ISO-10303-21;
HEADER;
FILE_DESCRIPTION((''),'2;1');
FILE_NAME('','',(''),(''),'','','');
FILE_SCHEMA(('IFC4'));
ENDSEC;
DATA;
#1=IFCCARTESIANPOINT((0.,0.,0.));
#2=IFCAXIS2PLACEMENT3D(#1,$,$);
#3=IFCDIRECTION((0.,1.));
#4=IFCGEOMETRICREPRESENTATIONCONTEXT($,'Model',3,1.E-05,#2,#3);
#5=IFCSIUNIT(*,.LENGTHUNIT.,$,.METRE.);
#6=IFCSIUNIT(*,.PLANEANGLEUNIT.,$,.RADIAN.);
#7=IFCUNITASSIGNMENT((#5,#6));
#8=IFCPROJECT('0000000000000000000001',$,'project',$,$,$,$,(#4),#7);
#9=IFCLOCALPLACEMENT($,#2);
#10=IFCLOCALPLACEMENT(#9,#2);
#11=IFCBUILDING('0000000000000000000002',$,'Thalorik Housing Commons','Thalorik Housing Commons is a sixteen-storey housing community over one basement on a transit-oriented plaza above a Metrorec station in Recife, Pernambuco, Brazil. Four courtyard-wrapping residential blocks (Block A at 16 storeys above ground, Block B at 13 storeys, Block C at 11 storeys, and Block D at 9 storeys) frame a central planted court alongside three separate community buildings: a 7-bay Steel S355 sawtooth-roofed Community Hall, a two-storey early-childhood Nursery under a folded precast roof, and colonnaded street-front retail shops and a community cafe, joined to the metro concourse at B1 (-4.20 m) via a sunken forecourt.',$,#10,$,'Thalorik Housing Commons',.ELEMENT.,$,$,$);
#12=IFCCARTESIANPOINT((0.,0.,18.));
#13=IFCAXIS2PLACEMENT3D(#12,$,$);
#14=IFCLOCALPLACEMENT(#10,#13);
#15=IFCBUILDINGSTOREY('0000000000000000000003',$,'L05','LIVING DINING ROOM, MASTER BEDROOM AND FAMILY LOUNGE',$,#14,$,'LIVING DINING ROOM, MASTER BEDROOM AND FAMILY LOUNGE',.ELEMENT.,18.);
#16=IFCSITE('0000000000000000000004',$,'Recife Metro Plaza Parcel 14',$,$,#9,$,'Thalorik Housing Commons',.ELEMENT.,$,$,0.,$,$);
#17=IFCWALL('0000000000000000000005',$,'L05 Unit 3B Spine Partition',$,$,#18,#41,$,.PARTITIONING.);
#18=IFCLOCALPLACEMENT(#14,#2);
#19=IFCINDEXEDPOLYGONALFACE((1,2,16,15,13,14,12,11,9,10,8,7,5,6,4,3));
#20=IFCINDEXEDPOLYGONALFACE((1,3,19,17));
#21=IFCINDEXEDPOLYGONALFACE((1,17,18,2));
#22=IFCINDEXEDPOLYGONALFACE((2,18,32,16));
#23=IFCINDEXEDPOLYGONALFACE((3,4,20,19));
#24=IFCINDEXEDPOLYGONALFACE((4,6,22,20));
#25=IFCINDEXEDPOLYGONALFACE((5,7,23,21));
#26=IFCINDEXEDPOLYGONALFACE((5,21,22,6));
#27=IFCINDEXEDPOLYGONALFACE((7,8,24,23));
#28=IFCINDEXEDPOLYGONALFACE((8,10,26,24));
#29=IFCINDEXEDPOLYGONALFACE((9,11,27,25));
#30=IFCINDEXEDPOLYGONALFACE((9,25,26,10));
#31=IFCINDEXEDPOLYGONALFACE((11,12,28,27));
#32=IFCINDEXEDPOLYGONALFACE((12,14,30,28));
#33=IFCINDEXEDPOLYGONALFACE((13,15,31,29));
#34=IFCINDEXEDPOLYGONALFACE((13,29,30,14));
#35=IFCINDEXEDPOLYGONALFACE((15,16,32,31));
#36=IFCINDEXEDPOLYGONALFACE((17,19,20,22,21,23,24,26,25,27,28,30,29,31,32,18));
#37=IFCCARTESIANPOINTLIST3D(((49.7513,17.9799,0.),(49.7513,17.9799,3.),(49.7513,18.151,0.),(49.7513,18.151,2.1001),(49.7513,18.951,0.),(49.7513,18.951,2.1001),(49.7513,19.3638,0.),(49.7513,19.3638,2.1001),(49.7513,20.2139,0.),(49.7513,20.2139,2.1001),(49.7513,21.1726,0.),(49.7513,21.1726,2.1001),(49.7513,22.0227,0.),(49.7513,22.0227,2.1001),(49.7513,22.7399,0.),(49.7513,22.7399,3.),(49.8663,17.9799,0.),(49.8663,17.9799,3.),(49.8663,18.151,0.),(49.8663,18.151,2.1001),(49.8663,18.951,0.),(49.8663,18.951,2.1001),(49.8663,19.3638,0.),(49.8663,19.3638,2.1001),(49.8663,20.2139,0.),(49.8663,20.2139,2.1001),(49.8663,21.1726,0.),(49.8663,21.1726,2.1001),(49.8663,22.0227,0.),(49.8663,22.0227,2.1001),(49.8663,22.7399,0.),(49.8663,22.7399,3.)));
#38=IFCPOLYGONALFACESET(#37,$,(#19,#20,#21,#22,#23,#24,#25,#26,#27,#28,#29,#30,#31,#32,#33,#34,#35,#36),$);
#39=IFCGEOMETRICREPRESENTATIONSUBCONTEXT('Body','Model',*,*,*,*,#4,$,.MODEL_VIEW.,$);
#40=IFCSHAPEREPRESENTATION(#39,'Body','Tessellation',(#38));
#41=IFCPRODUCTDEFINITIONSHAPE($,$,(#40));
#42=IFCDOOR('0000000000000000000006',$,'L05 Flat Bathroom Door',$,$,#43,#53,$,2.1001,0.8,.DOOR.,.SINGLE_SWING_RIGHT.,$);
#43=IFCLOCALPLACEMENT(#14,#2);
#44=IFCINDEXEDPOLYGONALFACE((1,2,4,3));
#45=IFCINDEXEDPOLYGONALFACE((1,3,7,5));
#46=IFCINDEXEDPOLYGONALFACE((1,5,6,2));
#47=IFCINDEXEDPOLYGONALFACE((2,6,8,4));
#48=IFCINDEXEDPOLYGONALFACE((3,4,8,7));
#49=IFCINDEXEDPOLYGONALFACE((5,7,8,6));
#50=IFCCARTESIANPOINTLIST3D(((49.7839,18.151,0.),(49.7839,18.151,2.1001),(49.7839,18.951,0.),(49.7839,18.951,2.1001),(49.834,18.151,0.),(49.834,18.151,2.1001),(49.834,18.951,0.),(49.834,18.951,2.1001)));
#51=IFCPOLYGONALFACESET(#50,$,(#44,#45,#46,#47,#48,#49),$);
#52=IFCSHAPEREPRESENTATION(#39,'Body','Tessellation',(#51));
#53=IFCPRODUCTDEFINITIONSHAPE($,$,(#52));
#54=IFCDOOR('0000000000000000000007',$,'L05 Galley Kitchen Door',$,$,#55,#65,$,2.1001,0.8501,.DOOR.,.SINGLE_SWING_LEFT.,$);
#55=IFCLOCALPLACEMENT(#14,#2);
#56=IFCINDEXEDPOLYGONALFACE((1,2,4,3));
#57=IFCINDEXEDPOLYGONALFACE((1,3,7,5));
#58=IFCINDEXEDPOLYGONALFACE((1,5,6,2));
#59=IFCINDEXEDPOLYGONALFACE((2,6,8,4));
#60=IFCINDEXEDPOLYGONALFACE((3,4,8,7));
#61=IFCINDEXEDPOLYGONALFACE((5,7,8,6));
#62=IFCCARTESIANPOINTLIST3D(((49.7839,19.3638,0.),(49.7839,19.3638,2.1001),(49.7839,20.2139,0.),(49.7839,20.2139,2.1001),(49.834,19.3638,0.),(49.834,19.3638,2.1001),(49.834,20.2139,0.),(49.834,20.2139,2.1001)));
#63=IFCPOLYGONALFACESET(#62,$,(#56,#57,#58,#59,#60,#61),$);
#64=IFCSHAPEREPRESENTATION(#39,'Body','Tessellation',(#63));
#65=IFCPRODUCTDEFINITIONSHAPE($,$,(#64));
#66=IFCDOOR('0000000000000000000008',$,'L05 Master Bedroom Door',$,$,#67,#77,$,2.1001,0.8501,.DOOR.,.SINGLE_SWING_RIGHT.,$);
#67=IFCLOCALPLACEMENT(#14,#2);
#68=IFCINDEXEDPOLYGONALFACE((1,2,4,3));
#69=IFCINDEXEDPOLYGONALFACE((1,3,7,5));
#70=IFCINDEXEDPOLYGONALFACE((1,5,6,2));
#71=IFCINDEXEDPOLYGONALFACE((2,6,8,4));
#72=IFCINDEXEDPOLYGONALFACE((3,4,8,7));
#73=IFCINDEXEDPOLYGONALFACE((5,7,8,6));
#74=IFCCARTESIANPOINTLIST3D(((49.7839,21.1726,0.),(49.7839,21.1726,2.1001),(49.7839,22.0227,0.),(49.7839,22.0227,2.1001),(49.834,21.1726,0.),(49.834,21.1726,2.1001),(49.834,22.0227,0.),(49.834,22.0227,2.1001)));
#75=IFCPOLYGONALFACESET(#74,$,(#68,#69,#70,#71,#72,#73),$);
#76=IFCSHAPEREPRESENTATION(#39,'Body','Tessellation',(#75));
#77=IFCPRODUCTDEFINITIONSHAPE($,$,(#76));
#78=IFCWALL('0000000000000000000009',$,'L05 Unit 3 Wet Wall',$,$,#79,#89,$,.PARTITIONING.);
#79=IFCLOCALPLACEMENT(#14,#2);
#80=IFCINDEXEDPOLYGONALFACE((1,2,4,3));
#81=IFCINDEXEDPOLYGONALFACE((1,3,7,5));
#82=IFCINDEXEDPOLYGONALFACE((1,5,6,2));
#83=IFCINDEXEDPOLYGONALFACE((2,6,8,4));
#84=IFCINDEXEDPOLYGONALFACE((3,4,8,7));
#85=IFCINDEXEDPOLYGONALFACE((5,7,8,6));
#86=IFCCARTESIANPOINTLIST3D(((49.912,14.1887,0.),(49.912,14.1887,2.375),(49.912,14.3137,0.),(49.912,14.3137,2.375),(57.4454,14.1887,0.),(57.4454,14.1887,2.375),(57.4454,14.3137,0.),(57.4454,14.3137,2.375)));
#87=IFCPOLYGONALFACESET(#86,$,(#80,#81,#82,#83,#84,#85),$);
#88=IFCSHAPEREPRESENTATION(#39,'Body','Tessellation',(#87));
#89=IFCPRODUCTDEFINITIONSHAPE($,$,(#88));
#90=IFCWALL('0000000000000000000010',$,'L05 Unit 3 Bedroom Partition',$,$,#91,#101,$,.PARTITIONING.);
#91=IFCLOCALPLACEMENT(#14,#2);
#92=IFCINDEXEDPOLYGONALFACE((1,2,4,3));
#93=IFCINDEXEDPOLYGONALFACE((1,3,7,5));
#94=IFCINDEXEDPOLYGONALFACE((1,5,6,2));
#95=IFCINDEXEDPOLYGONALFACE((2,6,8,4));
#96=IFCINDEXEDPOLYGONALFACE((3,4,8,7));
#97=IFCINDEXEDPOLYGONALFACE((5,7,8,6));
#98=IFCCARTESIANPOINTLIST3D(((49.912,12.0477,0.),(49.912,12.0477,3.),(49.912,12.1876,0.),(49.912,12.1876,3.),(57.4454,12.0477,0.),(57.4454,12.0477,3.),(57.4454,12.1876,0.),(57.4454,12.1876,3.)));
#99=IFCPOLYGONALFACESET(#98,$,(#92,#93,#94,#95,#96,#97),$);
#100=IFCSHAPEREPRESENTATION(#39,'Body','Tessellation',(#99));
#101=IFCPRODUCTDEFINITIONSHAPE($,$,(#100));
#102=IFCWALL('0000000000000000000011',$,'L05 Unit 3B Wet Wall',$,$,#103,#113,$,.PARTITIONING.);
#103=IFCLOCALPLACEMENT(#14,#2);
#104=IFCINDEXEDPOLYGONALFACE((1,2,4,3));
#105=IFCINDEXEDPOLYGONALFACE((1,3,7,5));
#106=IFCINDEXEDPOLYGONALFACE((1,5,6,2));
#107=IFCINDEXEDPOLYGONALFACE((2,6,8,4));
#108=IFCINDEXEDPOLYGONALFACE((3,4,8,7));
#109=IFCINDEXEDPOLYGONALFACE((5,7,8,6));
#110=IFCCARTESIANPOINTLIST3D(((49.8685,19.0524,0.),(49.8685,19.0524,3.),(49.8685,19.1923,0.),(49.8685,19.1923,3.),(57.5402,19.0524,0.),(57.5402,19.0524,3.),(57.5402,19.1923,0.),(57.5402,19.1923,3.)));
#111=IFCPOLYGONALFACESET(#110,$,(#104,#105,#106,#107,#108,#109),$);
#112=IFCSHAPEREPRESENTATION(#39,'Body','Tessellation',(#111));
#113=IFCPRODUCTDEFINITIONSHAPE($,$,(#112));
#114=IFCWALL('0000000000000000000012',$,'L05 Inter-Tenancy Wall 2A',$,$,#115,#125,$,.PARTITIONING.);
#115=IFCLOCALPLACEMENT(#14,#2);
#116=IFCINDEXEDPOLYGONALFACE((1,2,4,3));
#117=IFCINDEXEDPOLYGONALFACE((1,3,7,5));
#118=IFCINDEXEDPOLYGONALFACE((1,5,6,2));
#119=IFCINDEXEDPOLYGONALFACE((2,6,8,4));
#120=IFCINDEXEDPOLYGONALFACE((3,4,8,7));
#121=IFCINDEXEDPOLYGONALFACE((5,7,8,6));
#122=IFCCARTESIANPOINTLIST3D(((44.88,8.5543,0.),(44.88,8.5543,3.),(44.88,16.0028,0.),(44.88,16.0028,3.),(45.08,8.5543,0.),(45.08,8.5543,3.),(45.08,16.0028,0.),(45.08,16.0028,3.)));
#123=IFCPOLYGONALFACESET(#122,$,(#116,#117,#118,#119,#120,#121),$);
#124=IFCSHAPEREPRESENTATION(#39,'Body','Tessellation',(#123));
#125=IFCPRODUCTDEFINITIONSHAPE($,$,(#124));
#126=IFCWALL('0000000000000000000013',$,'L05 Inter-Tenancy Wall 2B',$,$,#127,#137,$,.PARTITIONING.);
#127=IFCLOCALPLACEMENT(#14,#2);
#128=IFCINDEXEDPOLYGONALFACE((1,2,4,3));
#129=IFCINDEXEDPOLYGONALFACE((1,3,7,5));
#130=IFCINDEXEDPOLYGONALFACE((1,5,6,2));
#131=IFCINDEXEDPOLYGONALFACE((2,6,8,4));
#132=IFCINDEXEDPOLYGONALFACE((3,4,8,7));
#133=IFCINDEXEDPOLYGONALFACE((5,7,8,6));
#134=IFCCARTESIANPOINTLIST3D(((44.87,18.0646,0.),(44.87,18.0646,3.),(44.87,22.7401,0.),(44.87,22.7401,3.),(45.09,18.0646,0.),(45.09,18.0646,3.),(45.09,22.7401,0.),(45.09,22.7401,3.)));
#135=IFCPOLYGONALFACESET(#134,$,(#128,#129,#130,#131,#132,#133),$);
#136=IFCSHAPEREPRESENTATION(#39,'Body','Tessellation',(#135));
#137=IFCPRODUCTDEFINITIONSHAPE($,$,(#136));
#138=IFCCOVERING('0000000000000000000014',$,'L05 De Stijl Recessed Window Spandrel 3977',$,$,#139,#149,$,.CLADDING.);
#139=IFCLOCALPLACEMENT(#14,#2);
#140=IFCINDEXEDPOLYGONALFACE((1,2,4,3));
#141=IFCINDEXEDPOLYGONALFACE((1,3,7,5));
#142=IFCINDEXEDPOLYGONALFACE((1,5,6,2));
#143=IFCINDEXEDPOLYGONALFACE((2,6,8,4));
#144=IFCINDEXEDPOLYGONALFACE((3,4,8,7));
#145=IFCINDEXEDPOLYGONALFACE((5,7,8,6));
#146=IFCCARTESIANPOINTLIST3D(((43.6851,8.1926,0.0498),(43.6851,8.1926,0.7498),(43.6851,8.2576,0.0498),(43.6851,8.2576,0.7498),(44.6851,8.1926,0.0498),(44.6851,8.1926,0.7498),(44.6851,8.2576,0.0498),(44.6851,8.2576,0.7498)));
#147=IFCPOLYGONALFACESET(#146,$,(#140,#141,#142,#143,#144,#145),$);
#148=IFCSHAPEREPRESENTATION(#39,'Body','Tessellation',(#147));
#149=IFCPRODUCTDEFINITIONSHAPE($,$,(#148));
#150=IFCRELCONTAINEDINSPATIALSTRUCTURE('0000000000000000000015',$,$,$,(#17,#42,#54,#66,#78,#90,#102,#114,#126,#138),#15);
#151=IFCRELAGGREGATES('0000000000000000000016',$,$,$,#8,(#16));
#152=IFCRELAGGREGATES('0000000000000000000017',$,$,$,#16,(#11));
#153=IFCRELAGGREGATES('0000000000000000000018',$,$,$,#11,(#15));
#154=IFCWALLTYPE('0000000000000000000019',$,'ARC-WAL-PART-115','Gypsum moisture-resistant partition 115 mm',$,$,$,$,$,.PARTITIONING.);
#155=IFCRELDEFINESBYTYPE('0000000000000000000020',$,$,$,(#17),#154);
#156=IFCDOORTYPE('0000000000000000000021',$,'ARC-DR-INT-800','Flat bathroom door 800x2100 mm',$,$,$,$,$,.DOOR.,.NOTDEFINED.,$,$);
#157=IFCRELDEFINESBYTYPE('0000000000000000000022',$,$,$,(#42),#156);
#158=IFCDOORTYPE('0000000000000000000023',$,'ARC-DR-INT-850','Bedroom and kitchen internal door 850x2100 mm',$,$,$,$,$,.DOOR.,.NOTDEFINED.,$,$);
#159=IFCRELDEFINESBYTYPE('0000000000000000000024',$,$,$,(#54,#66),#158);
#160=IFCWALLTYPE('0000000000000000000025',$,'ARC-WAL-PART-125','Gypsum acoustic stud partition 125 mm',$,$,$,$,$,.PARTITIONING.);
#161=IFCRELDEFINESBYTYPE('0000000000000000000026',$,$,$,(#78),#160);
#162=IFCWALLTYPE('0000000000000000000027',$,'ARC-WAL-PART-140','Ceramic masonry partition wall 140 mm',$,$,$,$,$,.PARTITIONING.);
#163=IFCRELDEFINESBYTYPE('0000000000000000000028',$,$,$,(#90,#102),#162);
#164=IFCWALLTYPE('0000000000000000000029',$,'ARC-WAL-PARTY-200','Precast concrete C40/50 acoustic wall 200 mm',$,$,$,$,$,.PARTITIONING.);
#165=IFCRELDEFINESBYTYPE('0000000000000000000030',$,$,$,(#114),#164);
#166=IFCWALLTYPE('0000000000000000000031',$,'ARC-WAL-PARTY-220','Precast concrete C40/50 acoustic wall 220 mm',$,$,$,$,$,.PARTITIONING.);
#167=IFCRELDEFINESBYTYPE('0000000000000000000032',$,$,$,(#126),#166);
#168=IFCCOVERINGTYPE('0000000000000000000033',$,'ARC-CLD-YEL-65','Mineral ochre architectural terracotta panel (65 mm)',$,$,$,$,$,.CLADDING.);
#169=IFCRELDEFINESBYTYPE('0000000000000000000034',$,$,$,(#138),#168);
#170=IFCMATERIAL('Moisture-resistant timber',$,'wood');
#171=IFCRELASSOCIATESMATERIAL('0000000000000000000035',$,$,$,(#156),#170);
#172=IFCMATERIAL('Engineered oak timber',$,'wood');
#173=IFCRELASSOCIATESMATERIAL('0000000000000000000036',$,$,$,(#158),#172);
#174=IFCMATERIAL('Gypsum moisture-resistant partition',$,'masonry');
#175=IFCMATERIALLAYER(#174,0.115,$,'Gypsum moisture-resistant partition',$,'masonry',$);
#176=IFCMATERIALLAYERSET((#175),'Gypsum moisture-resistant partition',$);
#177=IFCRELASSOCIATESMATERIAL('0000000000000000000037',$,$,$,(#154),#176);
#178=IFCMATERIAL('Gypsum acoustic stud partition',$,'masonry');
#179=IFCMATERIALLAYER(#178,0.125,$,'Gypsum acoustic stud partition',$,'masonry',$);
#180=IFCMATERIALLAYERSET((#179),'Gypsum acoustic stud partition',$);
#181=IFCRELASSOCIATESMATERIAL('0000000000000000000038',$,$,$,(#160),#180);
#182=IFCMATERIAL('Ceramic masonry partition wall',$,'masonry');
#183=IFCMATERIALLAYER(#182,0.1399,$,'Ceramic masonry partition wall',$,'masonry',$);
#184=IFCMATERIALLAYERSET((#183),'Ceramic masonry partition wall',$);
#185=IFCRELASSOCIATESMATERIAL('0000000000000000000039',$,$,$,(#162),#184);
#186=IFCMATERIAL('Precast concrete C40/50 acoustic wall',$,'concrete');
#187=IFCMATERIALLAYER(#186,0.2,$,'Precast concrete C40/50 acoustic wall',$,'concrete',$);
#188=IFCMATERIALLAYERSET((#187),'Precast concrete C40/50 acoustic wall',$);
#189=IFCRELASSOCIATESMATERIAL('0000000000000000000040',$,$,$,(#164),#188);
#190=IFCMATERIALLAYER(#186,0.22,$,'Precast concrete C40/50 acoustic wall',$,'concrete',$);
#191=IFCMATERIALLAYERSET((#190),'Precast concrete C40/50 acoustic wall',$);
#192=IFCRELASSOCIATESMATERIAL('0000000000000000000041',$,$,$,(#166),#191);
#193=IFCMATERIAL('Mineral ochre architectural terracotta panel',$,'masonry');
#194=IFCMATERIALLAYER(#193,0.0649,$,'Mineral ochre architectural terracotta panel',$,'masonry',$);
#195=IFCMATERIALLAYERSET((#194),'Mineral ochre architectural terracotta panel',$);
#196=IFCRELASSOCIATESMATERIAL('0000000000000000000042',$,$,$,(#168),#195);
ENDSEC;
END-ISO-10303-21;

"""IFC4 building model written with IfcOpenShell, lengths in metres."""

from ifc_helpers import new_model, si_unit, direction, frame, frame_2d, origin, origin_2d, place, context, subcontext, project, spatial, rectangle, extrude, material, layer, layer_set, type_object, element, fill, save


model = new_model("IFC4")

# Units and contexts
model_context = context("Model", 3, precision=1e-05, world=origin(), true_north=direction((0.0, 1.0)))
body_context = subcontext(model_context, "Body", "Model", "MODEL_VIEW")
ifc_project = project(units=[si_unit("LENGTHUNIT", "METRE"), si_unit("PLANEANGLEUNIT", "RADIAN")], contexts=[model_context])

# Site, building, storey
site_placement = place(None, origin())
site = spatial("IfcSite", under=ifc_project, at=site_placement, Name="Recife Metro Plaza Parcel 14", LongName="Thalorik Housing Commons", CompositionType="ELEMENT", RefElevation=0.0)
building_placement = place(site_placement, origin())
building = spatial("IfcBuilding", under=site, at=building_placement, Name="Thalorik Housing Commons", Description="Thalorik Housing Commons is a sixteen-storey housing community over one basement on a transit-oriented plaza above a Metrorec station in Recife, Pernambuco, Brazil. Four courtyard-wrapping residential blocks (Block A at 16 storeys above ground, Block B at 13 storeys, Block C at 11 storeys, and Block D at 9 storeys) frame a central planted court alongside three separate community buildings: a 7-bay Steel S355 sawtooth-roofed Community Hall, a two-storey early-childhood Nursery under a folded precast roof, and colonnaded street-front retail shops and a community cafe, joined to the metro concourse at B1 (-4.20 m) via a sunken forecourt.", LongName="Thalorik Housing Commons", CompositionType="ELEMENT")
storey_placement = place(building_placement, frame((0.0, 0.0, 18.0)))
storey = spatial("IfcBuildingStorey", under=building, at=storey_placement, Name="L05", Description="LIVING DINING ROOM, MASTER BEDROOM AND FAMILY LOUNGE", LongName="LIVING DINING ROOM, MASTER BEDROOM AND FAMILY LOUNGE", CompositionType="ELEMENT", Elevation=18.0)

# Shared definitions
ifc_material_1 = material(Name="Moisture-resistant timber", Category="wood")
door_type_1 = type_object("IfcDoorType", Name="ARC-DR-INT-800", Description="Flat bathroom door 800x2100 mm", OperationType="NOTDEFINED", PredefinedType="DOOR", material=ifc_material_1)
ifc_material_2 = material(Name="Engineered oak timber", Category="wood")
door_type_2 = type_object("IfcDoorType", Name="ARC-DR-INT-850", Description="Bedroom and kitchen internal door 850x2100 mm", OperationType="NOTDEFINED", PredefinedType="DOOR", material=ifc_material_2)

# Wall, openings, doors
ifc_material_3 = material(Name="Gypsum moisture-resistant partition", Category="masonry")
ifc_layer_1 = layer(ifc_material_3, 0.115, Name="Gypsum moisture-resistant partition", Category="masonry")
ifc_layer_set_1 = layer_set([ifc_layer_1], Name="Gypsum moisture-resistant partition")
wall_type_1 = type_object("IfcWallType", Name="ARC-WAL-PART-115", Description="Gypsum moisture-resistant partition 115 mm", PredefinedType="PARTITIONING", material=ifc_layer_set_1)
wall_1_placement = place(storey_placement, frame((49.8088, 17.98, 0.0), z_axis=(0.0, 0.0, 1.0), x_axis=(0.0, 1.0, 0.0)))
wall_1 = element("IfcWall", 1, at=wall_1_placement, inside=storey, type_object=wall_type_1, Name="L05 Unit 3B Spine Partition", PredefinedType="PARTITIONING", context=body_context, shape_type="SweptSolid", body=[
    extrude(rectangle(XDim=4.76, YDim=0.115, at=frame_2d((2.3799, 0.0))), origin(), (0.0, 0.0, 1.0), 3.0),
])
opening_1_placement = place(wall_1_placement, frame((0.1711, 0.0, 0.0)))
opening_1 = element("IfcOpeningElement", 2, at=opening_1_placement, cuts=wall_1, PredefinedType="OPENING", context=body_context, shape_type="SweptSolid", body=[
    extrude(rectangle(XDim=0.8, YDim=2.1001, at=frame_2d((0.3999, 1.05))), frame((0.0, 0.0674, 0.0), z_axis=(0.0, -1.0, 0.0), x_axis=(1.0, 0.0, 0.0)), (0.0, 0.0, 1.0), 0.135),
])
opening_2_placement = place(wall_1_placement, frame((1.3838, 0.0, 0.0)))
opening_2 = element("IfcOpeningElement", 3, at=opening_2_placement, cuts=wall_1, PredefinedType="OPENING", context=body_context, shape_type="SweptSolid", body=[
    extrude(rectangle(XDim=0.8501, YDim=2.1001, at=frame_2d((0.425, 1.05))), frame((0.0, 0.0674, 0.0), z_axis=(0.0, -1.0, 0.0), x_axis=(1.0, 0.0, 0.0)), (0.0, 0.0, 1.0), 0.135),
])
opening_3_placement = place(wall_1_placement, frame((3.1926, 0.0, 0.0)))
opening_3 = element("IfcOpeningElement", 4, at=opening_3_placement, cuts=wall_1, PredefinedType="OPENING", context=body_context, shape_type="SweptSolid", body=[
    extrude(rectangle(XDim=0.8501, YDim=2.1001, at=frame_2d((0.425, 1.05))), frame((0.0, 0.0674, 0.0), z_axis=(0.0, -1.0, 0.0), x_axis=(1.0, 0.0, 0.0)), (0.0, 0.0, 1.0), 0.135),
])
door_1_placement = place(opening_1_placement, origin())
door_1 = element("IfcDoor", 5, at=door_1_placement, inside=storey, type_object=door_type_1, Name="L05 Flat Bathroom Door", OperationType="SINGLE_SWING_RIGHT", OverallHeight=2.1001, OverallWidth=0.8, PredefinedType="DOOR", context=body_context, shape_type="SweptSolid", body=[
    extrude(rectangle(XDim=0.8, YDim=2.1001, at=frame_2d((0.3999, 1.05))), frame((0.0, 0.0249, 0.0), z_axis=(0.0, -1.0, 0.0), x_axis=(1.0, 0.0, 0.0)), (0.0, 0.0, 1.0), 0.05),
])
fill(opening_1, door_1)
door_2_placement = place(opening_2_placement, origin())
door_2 = element("IfcDoor", 6, at=door_2_placement, inside=storey, type_object=door_type_2, Name="L05 Galley Kitchen Door", OperationType="SINGLE_SWING_LEFT", OverallHeight=2.1001, OverallWidth=0.8501, PredefinedType="DOOR", context=body_context, shape_type="SweptSolid", body=[
    extrude(rectangle(XDim=0.8501, YDim=2.1001, at=frame_2d((0.425, 1.05))), frame((0.0, 0.0249, 0.0), z_axis=(0.0, -1.0, 0.0), x_axis=(1.0, 0.0, 0.0)), (0.0, 0.0, 1.0), 0.05),
])
fill(opening_2, door_2)
door_3_placement = place(opening_3_placement, origin())
door_3 = element("IfcDoor", 7, at=door_3_placement, inside=storey, type_object=door_type_2, Name="L05 Master Bedroom Door", OperationType="SINGLE_SWING_RIGHT", OverallHeight=2.1001, OverallWidth=0.8501, PredefinedType="DOOR", context=body_context, shape_type="SweptSolid", body=[
    extrude(rectangle(XDim=0.8501, YDim=2.1001, at=frame_2d((0.425, 1.05))), frame((0.0, 0.0249, 0.0), z_axis=(0.0, -1.0, 0.0), x_axis=(1.0, 0.0, 0.0)), (0.0, 0.0, 1.0), 0.05),
])
fill(opening_3, door_3)

# Walls
ifc_material_4 = material(Name="Gypsum acoustic stud partition", Category="masonry")
ifc_layer_2 = layer(ifc_material_4, 0.125, Name="Gypsum acoustic stud partition", Category="masonry")
ifc_layer_set_2 = layer_set([ifc_layer_2], Name="Gypsum acoustic stud partition")
wall_type_2 = type_object("IfcWallType", Name="ARC-WAL-PART-125", Description="Gypsum acoustic stud partition 125 mm", PredefinedType="PARTITIONING", material=ifc_layer_set_2)
wall_2_placement = place(storey_placement, frame((49.9121, 14.2512, 0.0), z_axis=(0.0, 0.0, 1.0), x_axis=(1.0, 0.0, 0.0)))
element("IfcWall", 8, at=wall_2_placement, inside=storey, type_object=wall_type_2, Name="L05 Unit 3 Wet Wall", PredefinedType="PARTITIONING", context=body_context, shape_type="SweptSolid", body=[
    extrude(rectangle(XDim=7.5334, YDim=0.125, at=frame_2d((3.7666, 0.0))), origin(), (0.0, 0.0, 1.0), 2.375),
])
ifc_material_5 = material(Name="Ceramic masonry partition wall", Category="masonry")
ifc_layer_3 = layer(ifc_material_5, 0.1399, Name="Ceramic masonry partition wall", Category="masonry")
ifc_layer_set_3 = layer_set([ifc_layer_3], Name="Ceramic masonry partition wall")
wall_type_3 = type_object("IfcWallType", Name="ARC-WAL-PART-140", Description="Ceramic masonry partition wall 140 mm", PredefinedType="PARTITIONING", material=ifc_layer_set_3)
wall_3_placement = place(storey_placement, frame((49.9121, 12.1177, 0.0), z_axis=(0.0, 0.0, 1.0), x_axis=(1.0, 0.0, 0.0)))
element("IfcWall", 9, at=wall_3_placement, inside=storey, type_object=wall_type_3, Name="L05 Unit 3 Bedroom Partition", PredefinedType="PARTITIONING", context=body_context, shape_type="SweptSolid", body=[
    extrude(rectangle(XDim=7.5334, YDim=0.1399, at=frame_2d((3.7666, 0.0))), origin(), (0.0, 0.0, 1.0), 3.0),
])
wall_4_placement = place(storey_placement, frame((49.8684, 19.1223, 0.0), z_axis=(0.0, 0.0, 1.0), x_axis=(1.0, 0.0, 0.0)))
element("IfcWall", 10, at=wall_4_placement, inside=storey, type_object=wall_type_3, Name="L05 Unit 3B Wet Wall", PredefinedType="PARTITIONING", context=body_context, shape_type="SweptSolid", body=[
    extrude(rectangle(XDim=7.6716, YDim=0.1399, at=frame_2d((3.8359, 0.0))), origin(), (0.0, 0.0, 1.0), 3.0),
])
ifc_material_6 = material(Name="Precast concrete C40/50 acoustic wall", Category="concrete")
ifc_layer_4 = layer(ifc_material_6, 0.2, Name="Precast concrete C40/50 acoustic wall", Category="concrete")
ifc_layer_set_4 = layer_set([ifc_layer_4], Name="Precast concrete C40/50 acoustic wall")
wall_type_4 = type_object("IfcWallType", Name="ARC-WAL-PARTY-200", Description="Precast concrete C40/50 acoustic wall 200 mm", PredefinedType="PARTITIONING", material=ifc_layer_set_4)
wall_5_placement = place(storey_placement, frame((44.98, 8.5544, 0.0), z_axis=(0.0, 0.0, 1.0), x_axis=(0.0, 1.0, 0.0)))
element("IfcWall", 11, at=wall_5_placement, inside=storey, type_object=wall_type_4, Name="L05 Inter-Tenancy Wall 2A", PredefinedType="PARTITIONING", context=body_context, shape_type="SweptSolid", body=[
    extrude(rectangle(XDim=7.4485, YDim=0.2, at=frame_2d((3.7241, 0.0))), origin(), (0.0, 0.0, 1.0), 3.0),
])
ifc_layer_5 = layer(ifc_material_6, 0.22, Name="Precast concrete C40/50 acoustic wall", Category="concrete")
ifc_layer_set_5 = layer_set([ifc_layer_5], Name="Precast concrete C40/50 acoustic wall")
wall_type_5 = type_object("IfcWallType", Name="ARC-WAL-PARTY-220", Description="Precast concrete C40/50 acoustic wall 220 mm", PredefinedType="PARTITIONING", material=ifc_layer_set_5)
wall_6_placement = place(storey_placement, frame((44.98, 18.0645, 0.0), z_axis=(0.0, 0.0, 1.0), x_axis=(0.0, 1.0, 0.0)))
element("IfcWall", 12, at=wall_6_placement, inside=storey, type_object=wall_type_5, Name="L05 Inter-Tenancy Wall 2B", PredefinedType="PARTITIONING", context=body_context, shape_type="SweptSolid", body=[
    extrude(rectangle(XDim=4.6755, YDim=0.22, at=frame_2d((2.3379, 0.0))), origin(), (0.0, 0.0, 1.0), 3.0),
])

# Covering
ifc_material_7 = material(Name="Mineral ochre architectural terracotta panel", Category="masonry")
ifc_layer_6 = layer(ifc_material_7, 0.0649, Name="Mineral ochre architectural terracotta panel", Category="masonry")
ifc_layer_set_6 = layer_set([ifc_layer_6], Name="Mineral ochre architectural terracotta panel")
covering_type_1 = type_object("IfcCoveringType", Name="ARC-CLD-YEL-65", Description="Mineral ochre architectural terracotta panel (65 mm)", PredefinedType="CLADDING", material=ifc_layer_set_6)
covering_1_placement = place(storey_placement, frame((44.1851, 8.2251, 0.0498), z_axis=(0.0, 0.0, 1.0), x_axis=(1.0, 0.0, 0.0)))
element("IfcCovering", 13, at=covering_1_placement, inside=storey, type_object=covering_type_1, Name="L05 De Stijl Recessed Window Spandrel 3977", PredefinedType="CLADDING", context=body_context, shape_type="SweptSolid", body=[
    extrude(rectangle(XDim=1.0, YDim=0.0649, at=origin_2d()), origin(), (0.0, 0.0, 1.0), 0.7),
])

save(model, "model.ifc")
